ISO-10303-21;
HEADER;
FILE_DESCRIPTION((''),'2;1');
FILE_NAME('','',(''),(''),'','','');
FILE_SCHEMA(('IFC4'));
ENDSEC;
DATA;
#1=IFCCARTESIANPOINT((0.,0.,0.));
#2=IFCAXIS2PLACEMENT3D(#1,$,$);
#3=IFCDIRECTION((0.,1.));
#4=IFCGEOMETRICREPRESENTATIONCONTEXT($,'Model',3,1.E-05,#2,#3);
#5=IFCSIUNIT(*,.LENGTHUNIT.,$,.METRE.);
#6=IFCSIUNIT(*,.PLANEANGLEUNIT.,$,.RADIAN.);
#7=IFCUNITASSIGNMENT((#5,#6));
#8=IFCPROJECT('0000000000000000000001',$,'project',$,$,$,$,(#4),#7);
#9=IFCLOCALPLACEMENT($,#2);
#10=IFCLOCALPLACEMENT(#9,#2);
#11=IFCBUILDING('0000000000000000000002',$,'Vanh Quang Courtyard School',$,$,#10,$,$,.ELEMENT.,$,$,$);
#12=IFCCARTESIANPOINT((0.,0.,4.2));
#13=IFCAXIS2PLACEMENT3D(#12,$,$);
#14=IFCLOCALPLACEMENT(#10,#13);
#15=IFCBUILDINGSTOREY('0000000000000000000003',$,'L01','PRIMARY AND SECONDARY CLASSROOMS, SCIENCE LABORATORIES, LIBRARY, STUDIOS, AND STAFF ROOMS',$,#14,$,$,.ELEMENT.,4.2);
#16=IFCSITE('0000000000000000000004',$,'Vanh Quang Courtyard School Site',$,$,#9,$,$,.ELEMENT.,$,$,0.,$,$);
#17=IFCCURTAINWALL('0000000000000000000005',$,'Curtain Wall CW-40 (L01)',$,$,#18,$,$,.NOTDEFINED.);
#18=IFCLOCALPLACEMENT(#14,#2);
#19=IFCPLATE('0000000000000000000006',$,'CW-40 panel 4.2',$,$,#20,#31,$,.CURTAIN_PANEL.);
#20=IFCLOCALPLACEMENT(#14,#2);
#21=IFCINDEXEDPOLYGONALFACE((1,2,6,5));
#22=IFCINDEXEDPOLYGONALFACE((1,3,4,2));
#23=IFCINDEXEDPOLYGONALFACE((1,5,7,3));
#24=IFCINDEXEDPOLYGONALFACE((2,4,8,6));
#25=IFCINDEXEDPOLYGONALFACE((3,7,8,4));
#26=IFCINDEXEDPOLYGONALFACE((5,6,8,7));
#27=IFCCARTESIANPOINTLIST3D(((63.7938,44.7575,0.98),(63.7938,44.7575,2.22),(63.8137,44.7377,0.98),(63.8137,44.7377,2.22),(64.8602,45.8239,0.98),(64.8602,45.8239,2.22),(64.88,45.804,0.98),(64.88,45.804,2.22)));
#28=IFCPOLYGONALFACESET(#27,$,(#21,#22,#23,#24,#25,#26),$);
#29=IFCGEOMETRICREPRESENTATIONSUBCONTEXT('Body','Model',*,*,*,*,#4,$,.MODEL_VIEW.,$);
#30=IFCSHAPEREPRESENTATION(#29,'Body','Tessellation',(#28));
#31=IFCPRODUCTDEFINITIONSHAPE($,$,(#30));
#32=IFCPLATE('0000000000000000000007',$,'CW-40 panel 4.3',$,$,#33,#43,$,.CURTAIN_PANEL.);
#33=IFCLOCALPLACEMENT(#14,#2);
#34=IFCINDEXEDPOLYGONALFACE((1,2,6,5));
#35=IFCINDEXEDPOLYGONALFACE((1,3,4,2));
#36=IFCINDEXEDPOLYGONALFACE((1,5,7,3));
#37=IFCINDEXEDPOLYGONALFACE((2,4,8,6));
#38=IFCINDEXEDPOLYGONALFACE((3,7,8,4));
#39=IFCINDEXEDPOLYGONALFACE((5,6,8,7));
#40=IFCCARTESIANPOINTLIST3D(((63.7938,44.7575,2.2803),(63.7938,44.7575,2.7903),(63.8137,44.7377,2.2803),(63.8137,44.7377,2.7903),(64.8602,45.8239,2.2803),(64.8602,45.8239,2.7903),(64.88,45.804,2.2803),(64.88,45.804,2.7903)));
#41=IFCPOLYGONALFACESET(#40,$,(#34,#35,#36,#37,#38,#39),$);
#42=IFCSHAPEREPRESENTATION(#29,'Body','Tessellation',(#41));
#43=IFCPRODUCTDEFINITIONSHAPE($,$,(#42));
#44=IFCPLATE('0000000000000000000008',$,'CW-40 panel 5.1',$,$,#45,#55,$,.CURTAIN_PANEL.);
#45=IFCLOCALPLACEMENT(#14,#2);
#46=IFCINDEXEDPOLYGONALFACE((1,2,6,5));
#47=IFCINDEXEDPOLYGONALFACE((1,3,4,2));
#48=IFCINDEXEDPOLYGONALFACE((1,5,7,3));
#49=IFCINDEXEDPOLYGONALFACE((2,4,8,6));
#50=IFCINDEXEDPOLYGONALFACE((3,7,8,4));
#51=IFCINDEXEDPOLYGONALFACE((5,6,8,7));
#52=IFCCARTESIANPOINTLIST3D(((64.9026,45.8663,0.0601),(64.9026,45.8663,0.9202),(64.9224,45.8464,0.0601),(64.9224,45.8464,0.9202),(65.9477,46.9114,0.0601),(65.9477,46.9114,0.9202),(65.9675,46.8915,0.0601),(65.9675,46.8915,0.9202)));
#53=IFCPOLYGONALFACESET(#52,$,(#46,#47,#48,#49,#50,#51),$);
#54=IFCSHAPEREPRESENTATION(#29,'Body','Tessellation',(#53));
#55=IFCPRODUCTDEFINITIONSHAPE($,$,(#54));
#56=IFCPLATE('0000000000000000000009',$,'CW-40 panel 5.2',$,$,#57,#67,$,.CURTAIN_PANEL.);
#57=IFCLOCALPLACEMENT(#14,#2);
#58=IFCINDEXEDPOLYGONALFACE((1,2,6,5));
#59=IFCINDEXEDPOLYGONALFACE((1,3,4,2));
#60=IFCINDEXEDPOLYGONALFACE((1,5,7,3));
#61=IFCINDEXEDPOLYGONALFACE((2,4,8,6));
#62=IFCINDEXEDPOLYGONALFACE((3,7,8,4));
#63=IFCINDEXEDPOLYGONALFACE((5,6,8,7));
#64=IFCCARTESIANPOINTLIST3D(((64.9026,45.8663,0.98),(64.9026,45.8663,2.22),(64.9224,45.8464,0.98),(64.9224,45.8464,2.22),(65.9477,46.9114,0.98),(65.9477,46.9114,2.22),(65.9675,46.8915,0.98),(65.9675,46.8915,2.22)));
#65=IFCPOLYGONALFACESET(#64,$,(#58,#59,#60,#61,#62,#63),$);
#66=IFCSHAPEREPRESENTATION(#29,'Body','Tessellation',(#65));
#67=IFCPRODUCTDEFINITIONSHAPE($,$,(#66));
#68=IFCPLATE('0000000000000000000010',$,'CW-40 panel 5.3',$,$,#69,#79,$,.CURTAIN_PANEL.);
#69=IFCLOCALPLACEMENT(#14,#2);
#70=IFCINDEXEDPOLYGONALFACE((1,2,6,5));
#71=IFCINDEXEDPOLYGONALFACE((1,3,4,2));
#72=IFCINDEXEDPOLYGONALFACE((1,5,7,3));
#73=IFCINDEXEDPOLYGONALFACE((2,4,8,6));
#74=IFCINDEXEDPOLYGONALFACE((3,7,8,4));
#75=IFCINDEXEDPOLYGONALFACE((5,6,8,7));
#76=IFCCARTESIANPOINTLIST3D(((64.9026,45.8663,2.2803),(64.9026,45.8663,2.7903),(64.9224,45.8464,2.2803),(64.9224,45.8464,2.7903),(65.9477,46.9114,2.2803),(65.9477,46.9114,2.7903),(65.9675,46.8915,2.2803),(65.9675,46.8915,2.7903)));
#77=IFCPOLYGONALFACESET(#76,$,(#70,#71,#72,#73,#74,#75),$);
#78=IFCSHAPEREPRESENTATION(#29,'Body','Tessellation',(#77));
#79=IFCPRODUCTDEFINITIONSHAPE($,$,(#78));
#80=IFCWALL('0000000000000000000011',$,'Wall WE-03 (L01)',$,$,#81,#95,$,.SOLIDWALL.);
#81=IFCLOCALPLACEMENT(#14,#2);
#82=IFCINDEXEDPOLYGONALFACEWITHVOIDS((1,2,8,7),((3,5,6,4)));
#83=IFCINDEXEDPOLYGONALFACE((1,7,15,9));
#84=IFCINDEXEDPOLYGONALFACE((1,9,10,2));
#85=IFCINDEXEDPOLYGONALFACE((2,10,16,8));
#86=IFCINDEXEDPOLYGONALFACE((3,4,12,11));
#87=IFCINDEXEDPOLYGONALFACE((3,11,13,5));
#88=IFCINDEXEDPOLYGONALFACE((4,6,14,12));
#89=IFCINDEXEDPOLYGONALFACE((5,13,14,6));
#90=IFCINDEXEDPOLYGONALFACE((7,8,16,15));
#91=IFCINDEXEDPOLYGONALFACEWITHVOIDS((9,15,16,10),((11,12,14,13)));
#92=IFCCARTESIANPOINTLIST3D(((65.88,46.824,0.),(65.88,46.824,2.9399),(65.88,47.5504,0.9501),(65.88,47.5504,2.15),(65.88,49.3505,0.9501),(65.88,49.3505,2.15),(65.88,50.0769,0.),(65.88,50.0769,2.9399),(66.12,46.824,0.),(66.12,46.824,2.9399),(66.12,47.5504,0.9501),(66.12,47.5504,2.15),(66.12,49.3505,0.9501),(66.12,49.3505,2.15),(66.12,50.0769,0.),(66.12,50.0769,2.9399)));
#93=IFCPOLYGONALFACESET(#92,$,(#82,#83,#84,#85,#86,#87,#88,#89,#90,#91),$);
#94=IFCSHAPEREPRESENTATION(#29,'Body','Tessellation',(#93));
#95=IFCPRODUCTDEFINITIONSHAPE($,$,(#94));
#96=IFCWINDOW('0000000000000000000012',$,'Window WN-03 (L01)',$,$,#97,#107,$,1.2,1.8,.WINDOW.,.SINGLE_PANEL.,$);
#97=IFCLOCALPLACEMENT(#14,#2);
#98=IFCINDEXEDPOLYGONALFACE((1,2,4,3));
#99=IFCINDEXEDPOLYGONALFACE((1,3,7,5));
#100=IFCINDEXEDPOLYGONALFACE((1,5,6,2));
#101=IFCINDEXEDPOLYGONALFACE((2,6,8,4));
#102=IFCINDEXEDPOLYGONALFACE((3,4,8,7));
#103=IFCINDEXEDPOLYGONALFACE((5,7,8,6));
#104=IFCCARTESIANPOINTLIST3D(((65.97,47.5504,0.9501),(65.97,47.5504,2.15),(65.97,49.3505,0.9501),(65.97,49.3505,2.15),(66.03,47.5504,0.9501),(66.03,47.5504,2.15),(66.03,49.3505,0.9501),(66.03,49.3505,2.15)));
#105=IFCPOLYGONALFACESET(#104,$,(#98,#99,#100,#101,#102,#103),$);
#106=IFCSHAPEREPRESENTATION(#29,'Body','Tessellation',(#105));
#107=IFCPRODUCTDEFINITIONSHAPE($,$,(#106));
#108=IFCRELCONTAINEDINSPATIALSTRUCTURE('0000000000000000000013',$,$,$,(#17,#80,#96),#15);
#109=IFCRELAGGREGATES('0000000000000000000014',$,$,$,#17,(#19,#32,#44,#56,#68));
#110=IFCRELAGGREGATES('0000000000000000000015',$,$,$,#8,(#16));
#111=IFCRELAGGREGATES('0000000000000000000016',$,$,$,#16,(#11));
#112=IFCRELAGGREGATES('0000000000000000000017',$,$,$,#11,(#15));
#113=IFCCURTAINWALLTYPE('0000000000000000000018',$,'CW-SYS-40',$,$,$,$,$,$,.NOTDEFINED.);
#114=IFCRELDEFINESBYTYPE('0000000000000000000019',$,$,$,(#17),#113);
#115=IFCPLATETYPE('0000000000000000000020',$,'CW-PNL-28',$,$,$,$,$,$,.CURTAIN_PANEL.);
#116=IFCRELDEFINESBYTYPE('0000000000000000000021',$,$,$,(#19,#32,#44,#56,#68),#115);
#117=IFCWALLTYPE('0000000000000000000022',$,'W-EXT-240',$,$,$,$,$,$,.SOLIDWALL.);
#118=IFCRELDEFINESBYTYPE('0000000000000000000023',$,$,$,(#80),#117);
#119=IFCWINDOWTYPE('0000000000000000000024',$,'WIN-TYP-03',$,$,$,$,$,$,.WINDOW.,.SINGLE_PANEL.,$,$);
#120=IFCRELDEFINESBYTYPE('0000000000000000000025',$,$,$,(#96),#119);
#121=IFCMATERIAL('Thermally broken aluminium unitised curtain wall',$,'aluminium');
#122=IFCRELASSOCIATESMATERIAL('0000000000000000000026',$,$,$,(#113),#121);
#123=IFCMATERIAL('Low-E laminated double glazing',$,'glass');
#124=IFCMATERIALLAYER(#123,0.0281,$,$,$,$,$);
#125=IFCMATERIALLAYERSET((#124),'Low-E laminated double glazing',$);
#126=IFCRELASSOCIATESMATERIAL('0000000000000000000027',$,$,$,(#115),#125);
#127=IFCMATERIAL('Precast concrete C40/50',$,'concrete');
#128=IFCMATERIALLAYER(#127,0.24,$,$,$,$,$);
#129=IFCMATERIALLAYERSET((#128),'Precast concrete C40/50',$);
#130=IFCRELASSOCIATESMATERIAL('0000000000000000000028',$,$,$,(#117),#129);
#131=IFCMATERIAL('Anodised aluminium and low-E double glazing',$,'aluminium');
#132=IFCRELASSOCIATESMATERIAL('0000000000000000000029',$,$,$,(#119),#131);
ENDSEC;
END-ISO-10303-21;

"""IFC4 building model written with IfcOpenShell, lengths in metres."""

from ifc_helpers import new_model, si_unit, direction, frame, frame_2d, origin, origin_2d, place, context, subcontext, project, spatial, rectangle, extrude, material, layer, layer_set, type_object, element, fill, aggregate, save


model = new_model("IFC4")

# Units and contexts
model_context = context("Model", 3, precision=1e-05, world=origin(), true_north=direction((0.0, 1.0)))
body_context = subcontext(model_context, "Body", "Model", "MODEL_VIEW")
ifc_project = project(units=[si_unit("LENGTHUNIT", "METRE"), si_unit("PLANEANGLEUNIT", "RADIAN")], contexts=[model_context])

# Site, building, storey
site_placement = place(None, origin())
site = spatial("IfcSite", under=ifc_project, at=site_placement, Name="Vanh Quang Courtyard School Site", CompositionType="ELEMENT", RefElevation=0.0)
building_placement = place(site_placement, origin())
building = spatial("IfcBuilding", under=site, at=building_placement, Name="Vanh Quang Courtyard School", CompositionType="ELEMENT")
storey_placement = place(building_placement, frame((0.0, 0.0, 4.2)))
storey = spatial("IfcBuildingStorey", under=building, at=storey_placement, Name="L01", Description="PRIMARY AND SECONDARY CLASSROOMS, SCIENCE LABORATORIES, LIBRARY, STUDIOS, AND STAFF ROOMS", CompositionType="ELEMENT", Elevation=4.2)

# Curtain wall
ifc_material_1 = material(Name="Thermally broken aluminium unitised curtain wall", Category="aluminium")
curtain_wall_type_1 = type_object("IfcCurtainWallType", Name="CW-SYS-40", PredefinedType="NOTDEFINED", material=ifc_material_1)
curtain_wall_1_placement = place(storey_placement, origin())
curtain_wall_1 = element("IfcCurtainWall", 1, at=curtain_wall_1_placement, inside=storey, type_object=curtain_wall_type_1, Name="Curtain Wall CW-40 (L01)", PredefinedType="NOTDEFINED")

# Plates
ifc_material_2 = material(Name="Low-E laminated double glazing", Category="glass")
ifc_layer_1 = layer(ifc_material_2, 0.0281)
ifc_layer_set_1 = layer_set([ifc_layer_1], Name="Low-E laminated double glazing")
plate_type = type_object("IfcPlateType", Name="CW-PNL-28", PredefinedType="CURTAIN_PANEL", material=ifc_layer_set_1)
plate_1_placement = place(storey_placement, frame((64.3369, 45.2808, 0.98), z_axis=(0.0, 0.0, 1.0), x_axis=(0.707107, 0.707107, 0.0)))
plate_1 = element("IfcPlate", 2, at=plate_1_placement, type_object=plate_type, Name="CW-40 panel 4.2", PredefinedType="CURTAIN_PANEL", context=body_context, shape_type="SweptSolid", body=[
    extrude(rectangle(XDim=1.5081, YDim=0.0281, at=origin_2d()), origin(), (0.0, 0.0, 1.0), 1.24),
])
plate_2_placement = place(storey_placement, frame((64.3369, 45.2808, 2.2803), z_axis=(0.0, 0.0, 1.0), x_axis=(0.707107, 0.707107, 0.0)))
plate_2 = element("IfcPlate", 3, at=plate_2_placement, type_object=plate_type, Name="CW-40 panel 4.3", PredefinedType="CURTAIN_PANEL", context=body_context, shape_type="SweptSolid", body=[
    extrude(rectangle(XDim=1.5081, YDim=0.0281, at=origin_2d()), origin(), (0.0, 0.0, 1.0), 0.51),
])
plate_3_placement = place(storey_placement, frame((65.4351, 46.3789, 0.0601), z_axis=(0.0, 0.0, 1.0), x_axis=(0.707107, 0.707107, 0.0)))
plate_3 = element("IfcPlate", 4, at=plate_3_placement, type_object=plate_type, Name="CW-40 panel 5.1", PredefinedType="CURTAIN_PANEL", context=body_context, shape_type="SweptSolid", body=[
    extrude(rectangle(XDim=1.478, YDim=0.0281, at=origin_2d()), origin(), (0.0, 0.0, 1.0), 0.8601),
])
plate_4_placement = place(storey_placement, frame((65.4351, 46.3789, 0.98), z_axis=(0.0, 0.0, 1.0), x_axis=(0.707107, 0.707107, 0.0)))
plate_4 = element("IfcPlate", 5, at=plate_4_placement, type_object=plate_type, Name="CW-40 panel 5.2", PredefinedType="CURTAIN_PANEL", context=body_context, shape_type="SweptSolid", body=[
    extrude(rectangle(XDim=1.478, YDim=0.0281, at=origin_2d()), origin(), (0.0, 0.0, 1.0), 1.24),
])
plate_5_placement = place(storey_placement, frame((65.4351, 46.3789, 2.2803), z_axis=(0.0, 0.0, 1.0), x_axis=(0.707107, 0.707107, 0.0)))
plate_5 = element("IfcPlate", 6, at=plate_5_placement, type_object=plate_type, Name="CW-40 panel 5.3", PredefinedType="CURTAIN_PANEL", context=body_context, shape_type="SweptSolid", body=[
    extrude(rectangle(XDim=1.478, YDim=0.0281, at=origin_2d()), origin(), (0.0, 0.0, 1.0), 0.51),
])
aggregate(curtain_wall_1, [plate_1, plate_2, plate_3, plate_4, plate_5])

# Wall, opening, window
ifc_material_3 = material(Name="Precast concrete C40/50", Category="concrete")
ifc_layer_2 = layer(ifc_material_3, 0.24)
ifc_layer_set_2 = layer_set([ifc_layer_2], Name="Precast concrete C40/50")
wall_type = type_object("IfcWallType", Name="W-EXT-240", PredefinedType="SOLIDWALL", material=ifc_layer_set_2)
wall_placement = place(storey_placement, frame((66.0, 46.824, 0.0), z_axis=(0.0, 0.0, 1.0), x_axis=(0.0, 1.0, 0.0)))
wall = element("IfcWall", 7, at=wall_placement, inside=storey, type_object=wall_type, Name="Wall WE-03 (L01)", PredefinedType="SOLIDWALL", context=body_context, shape_type="SweptSolid", body=[
    extrude(rectangle(XDim=3.2529, YDim=0.24, at=frame_2d((1.6265, 0.0))), origin(), (0.0, 0.0, 1.0), 2.9399),
])
opening_placement = place(wall_placement, frame((0.7266, 0.0, 0.95)))
opening = element("IfcOpeningElement", 8, at=opening_placement, cuts=wall, PredefinedType="OPENING", context=body_context, shape_type="SweptSolid", body=[
    extrude(rectangle(XDim=1.8, YDim=1.2, at=frame_2d((0.8999, 0.6001))), frame((0.0, 0.1299, 0.0), z_axis=(0.0, -1.0, 0.0), x_axis=(1.0, 0.0, 0.0)), (0.0, 0.0, 1.0), 0.26),
])
ifc_material_4 = material(Name="Anodised aluminium and low-E double glazing", Category="aluminium")
window_type = type_object("IfcWindowType", Name="WIN-TYP-03", PartitioningType="SINGLE_PANEL", PredefinedType="WINDOW", material=ifc_material_4)
window_placement = place(opening_placement, origin())
window = element("IfcWindow", 9, at=window_placement, inside=storey, type_object=window_type, Name="Window WN-03 (L01)", OverallHeight=1.2, OverallWidth=1.8, PartitioningType="SINGLE_PANEL", PredefinedType="WINDOW", context=body_context, shape_type="SweptSolid", body=[
    extrude(rectangle(XDim=1.8, YDim=1.2, at=frame_2d((0.8999, 0.6001))), frame((0.0, 0.03, 0.0), z_axis=(0.0, -1.0, 0.0), x_axis=(1.0, 0.0, 0.0)), (0.0, 0.0, 1.0), 0.0601),
])
fill(opening, window)

save(model, "model.ifc")
